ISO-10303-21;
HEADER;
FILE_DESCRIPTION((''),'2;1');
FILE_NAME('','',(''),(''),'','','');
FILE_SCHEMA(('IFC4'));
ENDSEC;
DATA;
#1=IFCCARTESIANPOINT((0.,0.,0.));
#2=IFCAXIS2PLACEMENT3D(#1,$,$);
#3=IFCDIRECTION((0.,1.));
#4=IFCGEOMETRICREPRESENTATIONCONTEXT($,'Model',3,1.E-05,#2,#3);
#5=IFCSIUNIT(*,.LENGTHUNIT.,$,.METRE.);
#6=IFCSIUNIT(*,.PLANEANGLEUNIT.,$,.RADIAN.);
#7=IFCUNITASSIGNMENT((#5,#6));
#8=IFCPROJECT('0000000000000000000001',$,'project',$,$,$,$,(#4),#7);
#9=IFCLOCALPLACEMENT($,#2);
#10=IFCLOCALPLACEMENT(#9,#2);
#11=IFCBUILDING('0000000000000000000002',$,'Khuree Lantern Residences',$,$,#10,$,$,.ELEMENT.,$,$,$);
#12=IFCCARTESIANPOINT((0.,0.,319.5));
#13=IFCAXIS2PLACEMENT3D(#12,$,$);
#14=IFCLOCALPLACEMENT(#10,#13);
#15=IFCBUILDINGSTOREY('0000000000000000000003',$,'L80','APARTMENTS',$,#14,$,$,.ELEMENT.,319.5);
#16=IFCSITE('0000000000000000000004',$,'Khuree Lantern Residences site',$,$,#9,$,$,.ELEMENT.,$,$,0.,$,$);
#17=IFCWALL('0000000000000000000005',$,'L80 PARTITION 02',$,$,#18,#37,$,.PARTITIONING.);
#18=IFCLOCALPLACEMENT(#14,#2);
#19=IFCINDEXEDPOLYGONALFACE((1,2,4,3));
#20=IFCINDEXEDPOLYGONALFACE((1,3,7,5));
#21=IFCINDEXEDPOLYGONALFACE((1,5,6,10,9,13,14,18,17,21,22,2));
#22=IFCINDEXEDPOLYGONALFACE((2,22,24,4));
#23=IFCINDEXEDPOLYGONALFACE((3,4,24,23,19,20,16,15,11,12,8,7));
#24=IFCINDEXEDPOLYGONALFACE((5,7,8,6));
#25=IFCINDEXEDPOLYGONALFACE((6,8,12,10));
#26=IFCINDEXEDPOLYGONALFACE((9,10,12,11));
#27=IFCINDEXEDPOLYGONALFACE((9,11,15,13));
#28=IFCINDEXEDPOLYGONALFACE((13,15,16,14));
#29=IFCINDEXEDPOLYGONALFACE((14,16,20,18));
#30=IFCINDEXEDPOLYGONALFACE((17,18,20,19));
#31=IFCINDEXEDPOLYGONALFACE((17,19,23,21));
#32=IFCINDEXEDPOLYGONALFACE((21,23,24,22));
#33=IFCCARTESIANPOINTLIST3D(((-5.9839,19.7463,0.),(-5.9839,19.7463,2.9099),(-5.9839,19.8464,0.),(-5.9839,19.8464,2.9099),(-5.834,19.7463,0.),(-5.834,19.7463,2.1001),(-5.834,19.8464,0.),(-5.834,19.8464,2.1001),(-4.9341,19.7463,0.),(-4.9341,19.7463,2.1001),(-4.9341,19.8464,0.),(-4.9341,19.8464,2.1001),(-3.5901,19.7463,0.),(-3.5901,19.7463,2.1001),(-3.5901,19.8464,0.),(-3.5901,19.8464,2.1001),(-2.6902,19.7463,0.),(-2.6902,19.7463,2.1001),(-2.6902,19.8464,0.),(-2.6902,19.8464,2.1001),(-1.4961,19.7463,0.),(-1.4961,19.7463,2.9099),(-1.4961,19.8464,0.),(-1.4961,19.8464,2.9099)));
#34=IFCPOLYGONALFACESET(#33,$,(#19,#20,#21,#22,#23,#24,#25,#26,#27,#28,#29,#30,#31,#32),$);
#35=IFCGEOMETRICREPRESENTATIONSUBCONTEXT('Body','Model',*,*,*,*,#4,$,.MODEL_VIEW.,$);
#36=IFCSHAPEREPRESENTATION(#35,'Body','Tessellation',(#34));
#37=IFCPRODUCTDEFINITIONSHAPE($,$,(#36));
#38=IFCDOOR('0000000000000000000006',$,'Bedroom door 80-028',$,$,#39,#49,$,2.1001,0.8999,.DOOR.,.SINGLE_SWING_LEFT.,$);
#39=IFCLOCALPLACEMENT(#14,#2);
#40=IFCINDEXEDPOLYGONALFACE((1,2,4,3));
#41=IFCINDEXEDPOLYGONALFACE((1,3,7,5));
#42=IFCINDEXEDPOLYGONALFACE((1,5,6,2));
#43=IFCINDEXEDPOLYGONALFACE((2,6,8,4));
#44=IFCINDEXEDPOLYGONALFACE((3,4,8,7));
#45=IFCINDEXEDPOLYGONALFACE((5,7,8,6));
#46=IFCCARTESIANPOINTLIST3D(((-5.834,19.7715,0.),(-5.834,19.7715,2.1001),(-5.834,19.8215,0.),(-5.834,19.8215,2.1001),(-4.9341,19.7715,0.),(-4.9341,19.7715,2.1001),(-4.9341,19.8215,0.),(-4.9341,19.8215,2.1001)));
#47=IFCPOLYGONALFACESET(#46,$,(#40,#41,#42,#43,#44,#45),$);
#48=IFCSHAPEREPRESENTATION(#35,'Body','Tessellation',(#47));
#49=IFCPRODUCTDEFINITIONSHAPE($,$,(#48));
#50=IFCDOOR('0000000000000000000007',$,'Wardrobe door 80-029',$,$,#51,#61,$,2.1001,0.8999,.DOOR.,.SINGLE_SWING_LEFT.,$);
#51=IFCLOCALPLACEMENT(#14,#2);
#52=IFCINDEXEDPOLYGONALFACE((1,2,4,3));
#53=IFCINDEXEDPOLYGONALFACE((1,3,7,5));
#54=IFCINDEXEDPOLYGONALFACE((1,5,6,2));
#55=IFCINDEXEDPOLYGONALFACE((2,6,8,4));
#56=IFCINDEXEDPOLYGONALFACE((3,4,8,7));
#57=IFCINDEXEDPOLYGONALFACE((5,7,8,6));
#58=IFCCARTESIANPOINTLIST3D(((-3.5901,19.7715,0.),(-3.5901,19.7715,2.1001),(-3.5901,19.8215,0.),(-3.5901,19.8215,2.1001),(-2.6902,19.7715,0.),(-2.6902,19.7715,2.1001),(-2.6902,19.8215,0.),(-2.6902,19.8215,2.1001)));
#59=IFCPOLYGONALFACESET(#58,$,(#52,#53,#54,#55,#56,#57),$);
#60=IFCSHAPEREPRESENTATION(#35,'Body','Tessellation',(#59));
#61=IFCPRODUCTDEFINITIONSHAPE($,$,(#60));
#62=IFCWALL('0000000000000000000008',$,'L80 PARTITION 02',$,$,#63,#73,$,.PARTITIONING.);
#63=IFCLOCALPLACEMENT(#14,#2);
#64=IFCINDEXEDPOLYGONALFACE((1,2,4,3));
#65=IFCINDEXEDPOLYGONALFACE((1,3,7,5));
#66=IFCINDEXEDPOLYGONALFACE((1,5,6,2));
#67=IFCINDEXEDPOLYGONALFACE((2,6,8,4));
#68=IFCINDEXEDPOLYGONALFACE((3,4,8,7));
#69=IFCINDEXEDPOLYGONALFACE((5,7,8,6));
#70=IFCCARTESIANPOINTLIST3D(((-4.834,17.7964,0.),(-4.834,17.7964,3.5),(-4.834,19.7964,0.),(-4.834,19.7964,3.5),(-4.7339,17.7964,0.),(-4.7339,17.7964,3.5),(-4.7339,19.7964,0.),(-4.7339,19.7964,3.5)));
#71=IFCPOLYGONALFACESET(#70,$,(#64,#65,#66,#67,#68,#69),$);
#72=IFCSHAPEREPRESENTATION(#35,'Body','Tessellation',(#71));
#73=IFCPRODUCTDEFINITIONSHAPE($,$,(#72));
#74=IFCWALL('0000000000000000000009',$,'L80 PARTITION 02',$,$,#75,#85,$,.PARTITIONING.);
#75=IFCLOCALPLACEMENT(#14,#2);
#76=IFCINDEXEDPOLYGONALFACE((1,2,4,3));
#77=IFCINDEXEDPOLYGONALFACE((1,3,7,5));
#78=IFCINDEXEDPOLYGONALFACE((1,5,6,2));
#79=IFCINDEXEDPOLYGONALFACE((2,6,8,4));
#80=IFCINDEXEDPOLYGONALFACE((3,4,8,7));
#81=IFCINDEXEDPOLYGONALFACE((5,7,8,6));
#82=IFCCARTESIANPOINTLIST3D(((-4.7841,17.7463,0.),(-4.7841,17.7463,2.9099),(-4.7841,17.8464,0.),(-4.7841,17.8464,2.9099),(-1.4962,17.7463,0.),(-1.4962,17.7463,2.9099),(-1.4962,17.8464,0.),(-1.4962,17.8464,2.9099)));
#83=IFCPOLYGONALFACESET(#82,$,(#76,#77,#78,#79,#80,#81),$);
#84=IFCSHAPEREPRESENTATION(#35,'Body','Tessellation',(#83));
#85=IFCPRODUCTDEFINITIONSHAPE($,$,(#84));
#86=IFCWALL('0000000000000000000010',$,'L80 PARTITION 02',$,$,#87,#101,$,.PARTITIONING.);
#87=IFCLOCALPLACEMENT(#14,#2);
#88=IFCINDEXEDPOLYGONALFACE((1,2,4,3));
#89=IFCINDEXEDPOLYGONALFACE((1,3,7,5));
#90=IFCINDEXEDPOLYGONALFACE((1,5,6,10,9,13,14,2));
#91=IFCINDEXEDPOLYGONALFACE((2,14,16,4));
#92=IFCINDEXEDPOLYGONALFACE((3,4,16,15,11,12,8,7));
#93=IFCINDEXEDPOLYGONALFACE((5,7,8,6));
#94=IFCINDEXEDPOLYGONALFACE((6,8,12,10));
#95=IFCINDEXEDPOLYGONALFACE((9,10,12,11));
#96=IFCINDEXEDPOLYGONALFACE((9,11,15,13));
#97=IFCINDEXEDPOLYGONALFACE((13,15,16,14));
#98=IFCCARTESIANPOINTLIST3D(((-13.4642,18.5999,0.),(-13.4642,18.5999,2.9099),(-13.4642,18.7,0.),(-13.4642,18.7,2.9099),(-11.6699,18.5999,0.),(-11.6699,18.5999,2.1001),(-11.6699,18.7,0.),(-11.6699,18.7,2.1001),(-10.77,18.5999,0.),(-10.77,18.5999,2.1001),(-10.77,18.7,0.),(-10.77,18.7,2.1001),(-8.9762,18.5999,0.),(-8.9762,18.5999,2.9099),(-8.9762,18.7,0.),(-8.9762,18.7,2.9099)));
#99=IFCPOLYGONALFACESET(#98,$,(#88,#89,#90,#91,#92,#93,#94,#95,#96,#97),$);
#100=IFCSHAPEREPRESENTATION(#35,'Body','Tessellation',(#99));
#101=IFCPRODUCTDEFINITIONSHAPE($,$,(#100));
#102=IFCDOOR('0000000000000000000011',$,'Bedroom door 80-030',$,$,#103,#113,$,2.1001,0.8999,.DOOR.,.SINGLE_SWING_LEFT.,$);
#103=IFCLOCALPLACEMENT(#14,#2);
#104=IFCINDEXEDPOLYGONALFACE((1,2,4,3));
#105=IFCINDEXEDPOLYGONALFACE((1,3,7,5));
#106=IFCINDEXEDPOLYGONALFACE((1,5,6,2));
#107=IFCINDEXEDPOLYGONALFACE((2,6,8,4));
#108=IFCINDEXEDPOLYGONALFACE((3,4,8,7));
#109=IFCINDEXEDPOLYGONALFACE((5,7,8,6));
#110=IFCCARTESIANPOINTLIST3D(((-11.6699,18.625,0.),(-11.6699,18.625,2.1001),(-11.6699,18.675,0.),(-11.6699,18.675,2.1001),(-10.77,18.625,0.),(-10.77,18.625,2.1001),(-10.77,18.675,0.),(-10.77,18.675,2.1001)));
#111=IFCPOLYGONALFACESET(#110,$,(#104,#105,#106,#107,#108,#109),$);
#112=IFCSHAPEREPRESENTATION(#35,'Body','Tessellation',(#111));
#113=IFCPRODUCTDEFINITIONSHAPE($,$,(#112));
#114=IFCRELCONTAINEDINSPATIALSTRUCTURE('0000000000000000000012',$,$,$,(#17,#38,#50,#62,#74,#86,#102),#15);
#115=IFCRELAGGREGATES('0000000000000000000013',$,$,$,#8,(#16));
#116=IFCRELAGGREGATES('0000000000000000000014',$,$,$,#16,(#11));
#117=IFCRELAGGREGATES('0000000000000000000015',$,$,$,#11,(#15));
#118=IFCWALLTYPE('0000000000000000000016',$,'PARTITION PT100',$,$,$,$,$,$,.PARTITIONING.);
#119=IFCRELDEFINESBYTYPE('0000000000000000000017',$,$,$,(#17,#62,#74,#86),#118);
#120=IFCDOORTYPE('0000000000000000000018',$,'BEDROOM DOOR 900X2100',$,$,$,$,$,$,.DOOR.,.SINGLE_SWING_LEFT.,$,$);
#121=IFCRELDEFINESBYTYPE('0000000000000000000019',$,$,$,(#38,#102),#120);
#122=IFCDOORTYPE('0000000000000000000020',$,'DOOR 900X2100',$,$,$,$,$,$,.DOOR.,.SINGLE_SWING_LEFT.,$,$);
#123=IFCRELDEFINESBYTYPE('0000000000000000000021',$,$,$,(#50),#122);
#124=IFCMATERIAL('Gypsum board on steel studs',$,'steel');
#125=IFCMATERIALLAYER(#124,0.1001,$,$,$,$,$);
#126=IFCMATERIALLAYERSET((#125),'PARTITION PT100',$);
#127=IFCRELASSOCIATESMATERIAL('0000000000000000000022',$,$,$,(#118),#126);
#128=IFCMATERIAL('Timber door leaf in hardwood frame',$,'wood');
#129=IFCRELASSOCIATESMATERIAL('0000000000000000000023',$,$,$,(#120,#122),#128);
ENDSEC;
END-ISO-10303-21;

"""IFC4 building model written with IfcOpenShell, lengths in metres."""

from ifc_helpers import new_model, si_unit, direction, frame, frame_2d, origin, place, context, subcontext, project, spatial, rectangle, extrude, material, layer, layer_set, type_object, element, fill, save


model = new_model("IFC4")

# Units and contexts
model_context = context("Model", 3, precision=1e-05, world=origin(), true_north=direction((0.0, 1.0)))
body_context = subcontext(model_context, "Body", "Model", "MODEL_VIEW")
ifc_project = project(units=[si_unit("LENGTHUNIT", "METRE"), si_unit("PLANEANGLEUNIT", "RADIAN")], contexts=[model_context])

# Site, building, storey
site_placement = place(None, origin())
site = spatial("IfcSite", under=ifc_project, at=site_placement, Name="Khuree Lantern Residences site", CompositionType="ELEMENT", RefElevation=0.0)
building_placement = place(site_placement, origin())
building = spatial("IfcBuilding", under=site, at=building_placement, Name="Khuree Lantern Residences", CompositionType="ELEMENT")
storey_placement = place(building_placement, frame((0.0, 0.0, 319.5)))
storey = spatial("IfcBuildingStorey", under=building, at=storey_placement, Name="L80", Description="APARTMENTS", CompositionType="ELEMENT", Elevation=319.5)

# Shared definitions
ifc_material_1 = material(Name="Gypsum board on steel studs", Category="steel")
ifc_layer_1 = layer(ifc_material_1, 0.1001)
ifc_layer_set_1 = layer_set([ifc_layer_1], Name="PARTITION PT100")
wall_type = type_object("IfcWallType", Name="PARTITION PT100", PredefinedType="PARTITIONING", material=ifc_layer_set_1)

# Wall, openings, doors
wall_1_placement = place(storey_placement, frame((-1.4961, 19.7964, 0.0), z_axis=(0.0, 0.0, 1.0), x_axis=(-1.0, 0.0, 0.0)))
wall_1 = element("IfcWall", 1, at=wall_1_placement, inside=storey, type_object=wall_type, Name="L80 PARTITION 02", PredefinedType="PARTITIONING", context=body_context, shape_type="SweptSolid", body=[
    extrude(rectangle(XDim=4.4878, YDim=0.1001, at=frame_2d((2.2439, 0.0))), origin(), (0.0, 0.0, 1.0), 2.9099),
])
opening_1_placement = place(wall_1_placement, frame((3.438, 0.0, 0.0)))
opening_1 = element("IfcOpeningElement", 2, at=opening_1_placement, cuts=wall_1, PredefinedType="OPENING", context=body_context, shape_type="SweptSolid", body=[
    extrude(rectangle(XDim=0.8999, YDim=2.1001, at=frame_2d((0.45, 1.05))), frame((0.0, 0.0601, 0.0), z_axis=(0.0, -1.0, 0.0), x_axis=(1.0, 0.0, 0.0)), (0.0, 0.0, 1.0), 0.1201),
])
opening_2_placement = place(wall_1_placement, frame((1.1941, 0.0, 0.0)))
opening_2 = element("IfcOpeningElement", 3, at=opening_2_placement, cuts=wall_1, PredefinedType="OPENING", context=body_context, shape_type="SweptSolid", body=[
    extrude(rectangle(XDim=0.8999, YDim=2.1001, at=frame_2d((0.45, 1.05))), frame((0.0, 0.0601, 0.0), z_axis=(0.0, -1.0, 0.0), x_axis=(1.0, 0.0, 0.0)), (0.0, 0.0, 1.0), 0.1201),
])
ifc_material_2 = material(Name="Timber door leaf in hardwood frame", Category="wood")
door_type_1 = type_object("IfcDoorType", Name="BEDROOM DOOR 900X2100", OperationType="SINGLE_SWING_LEFT", PredefinedType="DOOR", material=ifc_material_2)
door_1_placement = place(opening_1_placement, origin())
door_1 = element("IfcDoor", 4, at=door_1_placement, inside=storey, type_object=door_type_1, Name="Bedroom door 80-028", OperationType="SINGLE_SWING_LEFT", OverallHeight=2.1001, OverallWidth=0.8999, PredefinedType="DOOR", context=body_context, shape_type="SweptSolid", body=[
    extrude(rectangle(XDim=0.8999, YDim=2.1001, at=frame_2d((0.45, 1.05))), frame((0.0, 0.0249, 0.0), z_axis=(0.0, -1.0, 0.0), x_axis=(1.0, 0.0, 0.0)), (0.0, 0.0, 1.0), 0.05),
])
fill(opening_1, door_1)
door_type_2 = type_object("IfcDoorType", Name="DOOR 900X2100", OperationType="SINGLE_SWING_LEFT", PredefinedType="DOOR", material=ifc_material_2)
door_2_placement = place(opening_2_placement, origin())
door_2 = element("IfcDoor", 5, at=door_2_placement, inside=storey, type_object=door_type_2, Name="Wardrobe door 80-029", OperationType="SINGLE_SWING_LEFT", OverallHeight=2.1001, OverallWidth=0.8999, PredefinedType="DOOR", context=body_context, shape_type="SweptSolid", body=[
    extrude(rectangle(XDim=0.8999, YDim=2.1001, at=frame_2d((0.45, 1.05))), frame((0.0, 0.0249, 0.0), z_axis=(0.0, -1.0, 0.0), x_axis=(1.0, 0.0, 0.0)), (0.0, 0.0, 1.0), 0.05),
])
fill(opening_2, door_2)

# Walls
wall_2_placement = place(storey_placement, frame((-4.7839, 17.7964, 0.0), z_axis=(0.0, 0.0, 1.0), x_axis=(0.0, 1.0, 0.0)))
element("IfcWall", 6, at=wall_2_placement, inside=storey, type_object=wall_type, Name="L80 PARTITION 02", PredefinedType="PARTITIONING", context=body_context, shape_type="SweptSolid", body=[
    extrude(rectangle(XDim=2.0, YDim=0.1001, at=frame_2d((1.0, 0.0))), origin(), (0.0, 0.0, 1.0), 3.5),
])
wall_3_placement = place(storey_placement, frame((-1.4961, 17.7964, 0.0), z_axis=(0.0, 0.0, 1.0), x_axis=(-1.0, 0.0, 0.0)))
element("IfcWall", 7, at=wall_3_placement, inside=storey, type_object=wall_type, Name="L80 PARTITION 02", PredefinedType="PARTITIONING", context=body_context, shape_type="SweptSolid", body=[
    extrude(rectangle(XDim=3.2878, YDim=0.1001, at=frame_2d((1.644, 0.0))), origin(), (0.0, 0.0, 1.0), 2.9099),
])

# Wall, opening, door
wall_4_placement = place(storey_placement, frame((-8.9761, 18.6499, 0.0), z_axis=(0.0, 0.0, 1.0), x_axis=(-1.0, 0.0, 0.0)))
wall_4 = element("IfcWall", 8, at=wall_4_placement, inside=storey, type_object=wall_type, Name="L80 PARTITION 02", PredefinedType="PARTITIONING", context=body_context, shape_type="SweptSolid", body=[
    extrude(rectangle(XDim=4.488, YDim=0.1001, at=frame_2d((2.2441, 0.0))), origin(), (0.0, 0.0, 1.0), 2.9099),
])
opening_3_placement = place(wall_4_placement, frame((1.7939, 0.0, 0.0)))
opening_3 = element("IfcOpeningElement", 9, at=opening_3_placement, cuts=wall_4, PredefinedType="OPENING", context=body_context, shape_type="SweptSolid", body=[
    extrude(rectangle(XDim=0.8999, YDim=2.1001, at=frame_2d((0.45, 1.05))), frame((0.0, 0.0601, 0.0), z_axis=(0.0, -1.0, 0.0), x_axis=(1.0, 0.0, 0.0)), (0.0, 0.0, 1.0), 0.1201),
])
door_3_placement = place(opening_3_placement, origin())
door_3 = element("IfcDoor", 10, at=door_3_placement, inside=storey, type_object=door_type_1, Name="Bedroom door 80-030", OperationType="SINGLE_SWING_LEFT", OverallHeight=2.1001, OverallWidth=0.8999, PredefinedType="DOOR", context=body_context, shape_type="SweptSolid", body=[
    extrude(rectangle(XDim=0.8999, YDim=2.1001, at=frame_2d((0.45, 1.05))), frame((0.0, 0.0249, 0.0), z_axis=(0.0, -1.0, 0.0), x_axis=(1.0, 0.0, 0.0)), (0.0, 0.0, 1.0), 0.05),
])
fill(opening_3, door_3)

save(model, "model.ifc")
